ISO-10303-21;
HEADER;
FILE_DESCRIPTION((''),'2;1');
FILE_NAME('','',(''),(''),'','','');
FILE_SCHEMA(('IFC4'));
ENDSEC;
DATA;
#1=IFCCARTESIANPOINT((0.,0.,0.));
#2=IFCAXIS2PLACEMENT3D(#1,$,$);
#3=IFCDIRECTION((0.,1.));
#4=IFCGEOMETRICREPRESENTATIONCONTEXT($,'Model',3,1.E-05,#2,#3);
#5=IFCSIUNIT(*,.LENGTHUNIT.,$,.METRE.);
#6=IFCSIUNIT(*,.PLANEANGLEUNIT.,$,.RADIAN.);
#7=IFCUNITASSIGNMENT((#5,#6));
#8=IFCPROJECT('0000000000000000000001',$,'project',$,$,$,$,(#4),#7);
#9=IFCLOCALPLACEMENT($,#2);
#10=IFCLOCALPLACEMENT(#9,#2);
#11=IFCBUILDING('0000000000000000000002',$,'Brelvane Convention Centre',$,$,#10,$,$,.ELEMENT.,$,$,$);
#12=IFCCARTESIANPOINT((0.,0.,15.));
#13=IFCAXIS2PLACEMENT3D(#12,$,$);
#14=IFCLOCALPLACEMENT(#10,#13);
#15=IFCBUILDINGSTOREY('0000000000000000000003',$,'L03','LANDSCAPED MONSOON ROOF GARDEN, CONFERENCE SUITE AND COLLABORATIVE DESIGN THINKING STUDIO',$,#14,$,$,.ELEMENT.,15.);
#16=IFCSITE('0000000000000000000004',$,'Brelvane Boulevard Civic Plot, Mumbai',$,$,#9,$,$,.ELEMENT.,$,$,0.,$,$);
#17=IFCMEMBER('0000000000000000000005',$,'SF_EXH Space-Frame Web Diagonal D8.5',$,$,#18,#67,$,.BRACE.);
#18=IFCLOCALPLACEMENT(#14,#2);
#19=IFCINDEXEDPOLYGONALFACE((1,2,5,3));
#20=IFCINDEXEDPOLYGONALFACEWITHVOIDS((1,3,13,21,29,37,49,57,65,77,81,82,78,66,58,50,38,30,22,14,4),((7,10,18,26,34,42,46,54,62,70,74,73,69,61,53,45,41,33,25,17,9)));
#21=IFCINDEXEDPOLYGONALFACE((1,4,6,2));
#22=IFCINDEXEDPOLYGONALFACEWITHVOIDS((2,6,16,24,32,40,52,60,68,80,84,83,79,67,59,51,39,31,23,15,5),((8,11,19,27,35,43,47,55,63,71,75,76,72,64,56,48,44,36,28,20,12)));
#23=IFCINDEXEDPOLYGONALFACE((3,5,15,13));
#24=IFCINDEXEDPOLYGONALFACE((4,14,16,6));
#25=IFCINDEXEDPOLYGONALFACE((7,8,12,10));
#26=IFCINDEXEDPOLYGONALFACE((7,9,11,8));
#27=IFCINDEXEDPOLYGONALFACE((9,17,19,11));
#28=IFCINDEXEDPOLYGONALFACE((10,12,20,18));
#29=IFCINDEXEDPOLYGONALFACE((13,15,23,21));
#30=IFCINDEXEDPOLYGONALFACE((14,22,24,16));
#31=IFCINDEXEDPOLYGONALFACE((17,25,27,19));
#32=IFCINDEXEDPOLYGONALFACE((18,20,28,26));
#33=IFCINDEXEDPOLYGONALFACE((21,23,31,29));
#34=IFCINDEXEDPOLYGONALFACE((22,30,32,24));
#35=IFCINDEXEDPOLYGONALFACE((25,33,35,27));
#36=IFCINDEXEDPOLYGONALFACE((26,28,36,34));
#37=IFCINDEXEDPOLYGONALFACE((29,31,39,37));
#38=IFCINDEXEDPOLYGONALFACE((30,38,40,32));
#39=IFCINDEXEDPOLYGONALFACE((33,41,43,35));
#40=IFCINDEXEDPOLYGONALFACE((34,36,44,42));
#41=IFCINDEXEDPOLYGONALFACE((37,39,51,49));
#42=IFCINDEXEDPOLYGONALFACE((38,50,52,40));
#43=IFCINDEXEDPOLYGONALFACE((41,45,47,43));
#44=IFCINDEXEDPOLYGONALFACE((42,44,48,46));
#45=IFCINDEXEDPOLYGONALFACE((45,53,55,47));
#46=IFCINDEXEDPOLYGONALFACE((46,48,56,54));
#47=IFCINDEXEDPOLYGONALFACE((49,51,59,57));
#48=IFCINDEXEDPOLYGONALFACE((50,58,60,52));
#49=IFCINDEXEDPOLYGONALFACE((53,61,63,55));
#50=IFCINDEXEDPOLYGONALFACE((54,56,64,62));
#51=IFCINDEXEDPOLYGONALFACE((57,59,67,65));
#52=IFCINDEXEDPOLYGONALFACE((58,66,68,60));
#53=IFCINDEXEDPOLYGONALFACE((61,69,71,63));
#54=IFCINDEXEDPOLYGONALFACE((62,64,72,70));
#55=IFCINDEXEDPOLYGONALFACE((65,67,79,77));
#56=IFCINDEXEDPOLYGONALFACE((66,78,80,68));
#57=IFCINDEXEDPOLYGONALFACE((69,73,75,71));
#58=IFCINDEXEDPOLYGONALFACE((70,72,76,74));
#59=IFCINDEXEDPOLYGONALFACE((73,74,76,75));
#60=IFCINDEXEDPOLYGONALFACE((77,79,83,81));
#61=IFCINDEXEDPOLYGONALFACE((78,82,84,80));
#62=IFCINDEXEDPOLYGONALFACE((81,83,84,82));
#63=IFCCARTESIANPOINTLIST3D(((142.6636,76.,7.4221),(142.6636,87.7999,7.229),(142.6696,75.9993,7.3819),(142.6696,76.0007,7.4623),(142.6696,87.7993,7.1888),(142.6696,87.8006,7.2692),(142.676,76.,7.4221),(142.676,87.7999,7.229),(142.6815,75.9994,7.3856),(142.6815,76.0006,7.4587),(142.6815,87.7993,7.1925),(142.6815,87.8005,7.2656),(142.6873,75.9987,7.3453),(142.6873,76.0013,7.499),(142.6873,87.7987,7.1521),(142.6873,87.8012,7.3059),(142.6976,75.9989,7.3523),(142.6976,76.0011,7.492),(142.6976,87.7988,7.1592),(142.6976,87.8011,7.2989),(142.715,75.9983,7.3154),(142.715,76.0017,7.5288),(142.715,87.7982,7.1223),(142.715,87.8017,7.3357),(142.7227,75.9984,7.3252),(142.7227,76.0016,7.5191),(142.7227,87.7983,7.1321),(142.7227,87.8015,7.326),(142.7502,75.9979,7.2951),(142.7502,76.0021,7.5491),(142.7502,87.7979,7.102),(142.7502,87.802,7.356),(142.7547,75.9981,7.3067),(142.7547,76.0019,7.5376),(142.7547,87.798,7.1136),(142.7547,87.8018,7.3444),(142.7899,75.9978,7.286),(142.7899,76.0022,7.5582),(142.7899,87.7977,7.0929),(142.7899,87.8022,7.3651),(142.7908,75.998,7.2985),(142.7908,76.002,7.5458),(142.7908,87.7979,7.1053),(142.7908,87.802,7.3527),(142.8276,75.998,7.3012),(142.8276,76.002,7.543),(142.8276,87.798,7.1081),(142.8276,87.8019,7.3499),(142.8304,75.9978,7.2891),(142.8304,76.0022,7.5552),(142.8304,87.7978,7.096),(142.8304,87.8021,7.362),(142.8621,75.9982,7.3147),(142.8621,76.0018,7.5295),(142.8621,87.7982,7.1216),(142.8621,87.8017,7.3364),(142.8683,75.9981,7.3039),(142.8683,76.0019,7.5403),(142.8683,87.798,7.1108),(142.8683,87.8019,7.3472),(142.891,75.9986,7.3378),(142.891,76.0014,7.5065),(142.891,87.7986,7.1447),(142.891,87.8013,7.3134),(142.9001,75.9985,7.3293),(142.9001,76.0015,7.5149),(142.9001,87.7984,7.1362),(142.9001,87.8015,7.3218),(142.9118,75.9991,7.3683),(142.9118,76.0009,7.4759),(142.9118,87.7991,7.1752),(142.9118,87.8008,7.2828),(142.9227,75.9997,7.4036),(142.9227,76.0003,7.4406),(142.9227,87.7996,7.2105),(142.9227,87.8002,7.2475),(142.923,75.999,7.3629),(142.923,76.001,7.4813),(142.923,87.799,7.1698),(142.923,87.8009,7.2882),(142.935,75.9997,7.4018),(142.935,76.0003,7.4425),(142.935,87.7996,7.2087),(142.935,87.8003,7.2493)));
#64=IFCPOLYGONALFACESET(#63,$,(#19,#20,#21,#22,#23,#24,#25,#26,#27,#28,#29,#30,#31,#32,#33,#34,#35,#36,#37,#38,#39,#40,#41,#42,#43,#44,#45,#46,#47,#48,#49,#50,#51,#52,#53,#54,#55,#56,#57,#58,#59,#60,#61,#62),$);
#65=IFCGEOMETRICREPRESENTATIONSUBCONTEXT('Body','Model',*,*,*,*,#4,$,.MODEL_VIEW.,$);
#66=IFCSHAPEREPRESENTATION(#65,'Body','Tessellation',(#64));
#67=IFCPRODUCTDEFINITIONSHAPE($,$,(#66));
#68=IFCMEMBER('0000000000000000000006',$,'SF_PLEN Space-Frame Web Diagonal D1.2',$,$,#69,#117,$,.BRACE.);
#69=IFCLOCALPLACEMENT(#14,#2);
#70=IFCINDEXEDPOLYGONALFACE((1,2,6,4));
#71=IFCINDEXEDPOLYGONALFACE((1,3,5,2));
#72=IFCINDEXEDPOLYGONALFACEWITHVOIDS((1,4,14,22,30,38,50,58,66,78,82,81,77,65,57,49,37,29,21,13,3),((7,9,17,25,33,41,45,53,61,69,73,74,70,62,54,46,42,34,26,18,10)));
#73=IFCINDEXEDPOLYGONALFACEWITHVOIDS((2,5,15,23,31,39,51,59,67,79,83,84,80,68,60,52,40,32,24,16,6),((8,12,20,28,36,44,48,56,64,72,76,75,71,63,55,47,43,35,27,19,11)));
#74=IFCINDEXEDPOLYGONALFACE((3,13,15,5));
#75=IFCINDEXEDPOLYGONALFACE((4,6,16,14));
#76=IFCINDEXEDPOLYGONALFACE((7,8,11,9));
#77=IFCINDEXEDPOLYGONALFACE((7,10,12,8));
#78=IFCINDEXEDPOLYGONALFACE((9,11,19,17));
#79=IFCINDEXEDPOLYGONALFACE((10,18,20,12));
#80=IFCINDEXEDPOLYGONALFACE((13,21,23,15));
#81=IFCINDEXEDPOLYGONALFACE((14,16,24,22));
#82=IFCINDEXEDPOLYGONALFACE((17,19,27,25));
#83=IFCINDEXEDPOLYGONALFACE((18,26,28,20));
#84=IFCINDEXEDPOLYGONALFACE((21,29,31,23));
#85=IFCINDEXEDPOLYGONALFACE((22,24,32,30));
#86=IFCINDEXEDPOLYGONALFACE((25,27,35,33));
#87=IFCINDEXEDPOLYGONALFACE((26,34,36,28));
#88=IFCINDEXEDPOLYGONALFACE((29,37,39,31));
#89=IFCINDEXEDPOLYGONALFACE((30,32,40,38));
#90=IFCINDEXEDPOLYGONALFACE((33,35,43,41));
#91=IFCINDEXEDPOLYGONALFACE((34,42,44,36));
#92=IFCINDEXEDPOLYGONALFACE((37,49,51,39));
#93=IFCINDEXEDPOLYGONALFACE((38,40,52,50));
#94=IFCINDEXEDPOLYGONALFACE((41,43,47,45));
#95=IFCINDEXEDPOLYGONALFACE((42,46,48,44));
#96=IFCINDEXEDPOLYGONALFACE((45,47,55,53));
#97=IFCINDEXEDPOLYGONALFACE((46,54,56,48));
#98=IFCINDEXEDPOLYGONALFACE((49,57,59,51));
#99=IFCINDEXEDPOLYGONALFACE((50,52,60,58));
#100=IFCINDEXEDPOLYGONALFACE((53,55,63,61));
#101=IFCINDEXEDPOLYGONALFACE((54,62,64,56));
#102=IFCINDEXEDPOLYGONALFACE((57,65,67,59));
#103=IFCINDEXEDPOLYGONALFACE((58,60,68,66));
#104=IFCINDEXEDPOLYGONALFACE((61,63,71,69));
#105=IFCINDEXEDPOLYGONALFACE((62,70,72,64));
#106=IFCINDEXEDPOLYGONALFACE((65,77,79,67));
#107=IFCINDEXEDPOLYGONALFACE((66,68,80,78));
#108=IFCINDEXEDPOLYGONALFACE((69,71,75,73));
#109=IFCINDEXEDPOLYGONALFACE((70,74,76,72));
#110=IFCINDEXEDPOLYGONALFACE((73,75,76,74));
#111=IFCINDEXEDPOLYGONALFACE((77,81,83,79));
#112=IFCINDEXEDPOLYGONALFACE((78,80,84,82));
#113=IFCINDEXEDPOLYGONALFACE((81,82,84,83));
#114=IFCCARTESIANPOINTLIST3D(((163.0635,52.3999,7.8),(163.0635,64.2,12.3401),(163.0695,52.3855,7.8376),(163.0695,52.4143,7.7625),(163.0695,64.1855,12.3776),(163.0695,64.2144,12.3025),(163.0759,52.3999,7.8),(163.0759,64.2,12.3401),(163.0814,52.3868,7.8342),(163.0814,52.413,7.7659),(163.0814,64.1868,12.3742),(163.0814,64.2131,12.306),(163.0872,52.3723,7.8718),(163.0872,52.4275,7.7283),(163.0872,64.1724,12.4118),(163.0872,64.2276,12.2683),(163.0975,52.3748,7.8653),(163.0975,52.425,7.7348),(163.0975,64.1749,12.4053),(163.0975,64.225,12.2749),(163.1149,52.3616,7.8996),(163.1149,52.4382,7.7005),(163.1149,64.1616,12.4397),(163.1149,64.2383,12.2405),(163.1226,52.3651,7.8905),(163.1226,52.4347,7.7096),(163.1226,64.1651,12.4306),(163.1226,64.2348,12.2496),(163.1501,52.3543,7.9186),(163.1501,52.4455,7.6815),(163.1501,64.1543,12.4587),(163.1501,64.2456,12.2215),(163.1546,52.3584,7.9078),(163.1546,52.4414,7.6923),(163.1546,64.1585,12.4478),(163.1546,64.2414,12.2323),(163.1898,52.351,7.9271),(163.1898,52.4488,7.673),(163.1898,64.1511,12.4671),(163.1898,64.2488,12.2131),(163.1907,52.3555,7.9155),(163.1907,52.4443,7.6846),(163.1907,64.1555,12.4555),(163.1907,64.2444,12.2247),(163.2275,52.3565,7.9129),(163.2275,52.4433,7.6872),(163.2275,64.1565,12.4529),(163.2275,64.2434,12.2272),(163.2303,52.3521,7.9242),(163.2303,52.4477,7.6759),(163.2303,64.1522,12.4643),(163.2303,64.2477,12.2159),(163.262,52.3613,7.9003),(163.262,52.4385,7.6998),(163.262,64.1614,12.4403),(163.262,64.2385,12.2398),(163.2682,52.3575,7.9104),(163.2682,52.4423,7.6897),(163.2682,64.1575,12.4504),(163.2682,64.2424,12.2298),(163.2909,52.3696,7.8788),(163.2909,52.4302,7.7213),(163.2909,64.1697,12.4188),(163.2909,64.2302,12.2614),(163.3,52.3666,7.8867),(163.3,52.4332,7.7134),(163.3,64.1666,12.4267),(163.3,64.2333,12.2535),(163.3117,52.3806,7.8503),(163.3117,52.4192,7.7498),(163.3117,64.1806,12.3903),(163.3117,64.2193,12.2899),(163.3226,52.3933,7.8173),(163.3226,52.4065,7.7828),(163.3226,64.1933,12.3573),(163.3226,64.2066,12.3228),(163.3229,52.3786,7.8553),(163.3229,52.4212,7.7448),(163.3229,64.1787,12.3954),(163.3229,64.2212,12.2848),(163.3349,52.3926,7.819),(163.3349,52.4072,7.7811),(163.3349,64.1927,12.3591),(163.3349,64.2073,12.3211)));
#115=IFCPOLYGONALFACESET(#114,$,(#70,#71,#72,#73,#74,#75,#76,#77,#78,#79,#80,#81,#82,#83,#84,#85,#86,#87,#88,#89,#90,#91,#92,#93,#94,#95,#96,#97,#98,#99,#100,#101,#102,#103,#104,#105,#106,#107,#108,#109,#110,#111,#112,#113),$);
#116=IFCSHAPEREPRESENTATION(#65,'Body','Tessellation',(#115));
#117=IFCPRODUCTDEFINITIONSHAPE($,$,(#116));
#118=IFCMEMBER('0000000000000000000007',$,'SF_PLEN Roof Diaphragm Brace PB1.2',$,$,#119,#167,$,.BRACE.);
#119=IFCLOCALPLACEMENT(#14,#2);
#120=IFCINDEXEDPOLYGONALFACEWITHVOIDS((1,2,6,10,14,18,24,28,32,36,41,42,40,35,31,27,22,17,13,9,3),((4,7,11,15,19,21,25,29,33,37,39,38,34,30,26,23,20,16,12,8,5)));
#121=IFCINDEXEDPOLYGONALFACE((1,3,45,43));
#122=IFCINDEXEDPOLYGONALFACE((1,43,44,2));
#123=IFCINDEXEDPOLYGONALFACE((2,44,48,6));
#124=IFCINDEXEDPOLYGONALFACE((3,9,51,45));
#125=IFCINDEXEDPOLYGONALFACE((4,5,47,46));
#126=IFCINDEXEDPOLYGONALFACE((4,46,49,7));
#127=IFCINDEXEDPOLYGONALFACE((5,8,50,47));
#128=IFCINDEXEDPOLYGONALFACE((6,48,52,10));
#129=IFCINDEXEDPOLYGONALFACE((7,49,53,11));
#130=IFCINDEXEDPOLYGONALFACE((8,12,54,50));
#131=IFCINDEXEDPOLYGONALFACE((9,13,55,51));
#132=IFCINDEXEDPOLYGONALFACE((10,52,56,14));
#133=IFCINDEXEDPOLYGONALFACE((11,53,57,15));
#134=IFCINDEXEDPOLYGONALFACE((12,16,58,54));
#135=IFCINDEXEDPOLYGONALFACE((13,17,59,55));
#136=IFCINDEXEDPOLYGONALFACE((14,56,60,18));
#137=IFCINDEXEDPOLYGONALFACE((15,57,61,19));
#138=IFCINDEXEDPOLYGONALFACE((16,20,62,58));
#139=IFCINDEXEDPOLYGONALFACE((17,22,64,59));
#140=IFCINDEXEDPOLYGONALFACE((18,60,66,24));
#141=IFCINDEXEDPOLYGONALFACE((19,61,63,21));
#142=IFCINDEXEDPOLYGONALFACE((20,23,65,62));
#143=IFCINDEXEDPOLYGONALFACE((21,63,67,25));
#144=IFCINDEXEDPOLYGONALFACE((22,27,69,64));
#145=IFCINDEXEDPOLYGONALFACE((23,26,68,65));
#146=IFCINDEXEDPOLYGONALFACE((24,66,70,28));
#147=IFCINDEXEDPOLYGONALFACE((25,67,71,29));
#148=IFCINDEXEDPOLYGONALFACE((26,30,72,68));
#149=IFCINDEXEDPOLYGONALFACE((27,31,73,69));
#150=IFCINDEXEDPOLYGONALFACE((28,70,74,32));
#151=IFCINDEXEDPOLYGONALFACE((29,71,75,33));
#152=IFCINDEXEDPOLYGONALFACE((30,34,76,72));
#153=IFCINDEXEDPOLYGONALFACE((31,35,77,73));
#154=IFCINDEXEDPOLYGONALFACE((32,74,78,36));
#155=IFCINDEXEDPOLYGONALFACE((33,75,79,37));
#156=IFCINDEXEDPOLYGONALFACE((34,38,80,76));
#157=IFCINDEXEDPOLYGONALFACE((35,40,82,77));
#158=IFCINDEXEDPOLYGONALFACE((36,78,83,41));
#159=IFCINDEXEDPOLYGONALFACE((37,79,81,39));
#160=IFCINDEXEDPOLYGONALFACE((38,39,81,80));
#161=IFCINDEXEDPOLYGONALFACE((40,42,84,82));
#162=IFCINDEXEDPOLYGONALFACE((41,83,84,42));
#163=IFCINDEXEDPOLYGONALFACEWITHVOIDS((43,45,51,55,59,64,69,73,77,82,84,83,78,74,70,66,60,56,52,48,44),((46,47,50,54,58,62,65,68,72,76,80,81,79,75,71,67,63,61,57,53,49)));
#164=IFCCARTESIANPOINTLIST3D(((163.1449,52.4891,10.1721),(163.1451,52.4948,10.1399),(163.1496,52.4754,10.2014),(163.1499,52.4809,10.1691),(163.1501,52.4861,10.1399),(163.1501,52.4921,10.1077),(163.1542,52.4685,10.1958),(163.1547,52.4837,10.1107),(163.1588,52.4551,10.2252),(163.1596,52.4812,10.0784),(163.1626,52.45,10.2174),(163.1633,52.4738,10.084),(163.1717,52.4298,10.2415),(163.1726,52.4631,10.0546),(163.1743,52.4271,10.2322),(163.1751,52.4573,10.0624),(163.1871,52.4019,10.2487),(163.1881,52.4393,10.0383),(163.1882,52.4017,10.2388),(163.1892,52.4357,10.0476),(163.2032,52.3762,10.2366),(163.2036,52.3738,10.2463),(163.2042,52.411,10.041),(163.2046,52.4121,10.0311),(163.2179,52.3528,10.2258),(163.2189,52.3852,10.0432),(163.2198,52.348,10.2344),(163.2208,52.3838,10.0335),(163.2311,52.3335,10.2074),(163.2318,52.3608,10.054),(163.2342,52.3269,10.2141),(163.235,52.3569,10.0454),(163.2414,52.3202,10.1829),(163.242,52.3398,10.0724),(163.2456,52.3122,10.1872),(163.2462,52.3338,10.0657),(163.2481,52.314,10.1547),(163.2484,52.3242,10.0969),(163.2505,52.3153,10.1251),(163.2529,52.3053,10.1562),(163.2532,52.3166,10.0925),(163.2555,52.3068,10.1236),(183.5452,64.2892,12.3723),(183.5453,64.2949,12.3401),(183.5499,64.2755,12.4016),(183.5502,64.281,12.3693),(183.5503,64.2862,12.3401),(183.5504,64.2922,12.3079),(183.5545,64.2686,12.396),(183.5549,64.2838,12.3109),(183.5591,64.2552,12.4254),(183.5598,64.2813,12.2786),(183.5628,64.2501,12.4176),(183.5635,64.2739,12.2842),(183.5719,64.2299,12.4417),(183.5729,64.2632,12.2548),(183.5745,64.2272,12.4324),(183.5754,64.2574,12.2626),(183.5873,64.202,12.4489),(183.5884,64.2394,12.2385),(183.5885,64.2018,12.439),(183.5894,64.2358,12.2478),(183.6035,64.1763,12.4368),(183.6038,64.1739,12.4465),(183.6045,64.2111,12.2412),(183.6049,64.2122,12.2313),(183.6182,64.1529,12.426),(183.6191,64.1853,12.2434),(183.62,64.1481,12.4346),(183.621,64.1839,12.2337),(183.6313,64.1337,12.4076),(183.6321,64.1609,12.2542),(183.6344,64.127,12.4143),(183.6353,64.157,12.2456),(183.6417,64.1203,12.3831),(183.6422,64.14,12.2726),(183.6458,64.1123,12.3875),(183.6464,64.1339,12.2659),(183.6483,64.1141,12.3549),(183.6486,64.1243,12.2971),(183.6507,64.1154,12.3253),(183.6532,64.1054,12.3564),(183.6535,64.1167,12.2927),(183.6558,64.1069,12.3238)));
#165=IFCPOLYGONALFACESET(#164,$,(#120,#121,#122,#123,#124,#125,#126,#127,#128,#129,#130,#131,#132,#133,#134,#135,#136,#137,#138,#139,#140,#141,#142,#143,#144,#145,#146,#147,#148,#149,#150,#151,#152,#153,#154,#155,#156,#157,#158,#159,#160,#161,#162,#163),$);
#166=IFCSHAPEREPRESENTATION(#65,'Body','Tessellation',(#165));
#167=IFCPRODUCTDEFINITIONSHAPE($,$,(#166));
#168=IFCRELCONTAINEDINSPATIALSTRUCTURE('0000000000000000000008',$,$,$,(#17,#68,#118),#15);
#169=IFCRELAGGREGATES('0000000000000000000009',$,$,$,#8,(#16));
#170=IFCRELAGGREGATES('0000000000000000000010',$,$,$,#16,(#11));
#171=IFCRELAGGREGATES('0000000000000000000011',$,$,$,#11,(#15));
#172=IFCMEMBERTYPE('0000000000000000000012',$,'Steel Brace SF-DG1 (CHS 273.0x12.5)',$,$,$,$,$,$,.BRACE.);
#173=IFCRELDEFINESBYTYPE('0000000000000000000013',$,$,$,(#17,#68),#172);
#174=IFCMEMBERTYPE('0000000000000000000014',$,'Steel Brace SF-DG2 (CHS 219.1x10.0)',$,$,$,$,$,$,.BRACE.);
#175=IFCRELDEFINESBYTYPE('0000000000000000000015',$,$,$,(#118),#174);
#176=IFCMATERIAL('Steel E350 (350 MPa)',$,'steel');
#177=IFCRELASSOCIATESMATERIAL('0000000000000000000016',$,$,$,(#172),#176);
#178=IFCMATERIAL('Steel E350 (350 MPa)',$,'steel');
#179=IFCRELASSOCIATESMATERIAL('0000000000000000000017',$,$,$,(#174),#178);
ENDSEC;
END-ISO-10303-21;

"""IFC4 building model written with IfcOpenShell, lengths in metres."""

from ifc_helpers import new_model, si_unit, direction, frame, origin, origin_2d, place, context, subcontext, project, spatial, hollow_circle, extrude, material, material_profile, profile_set, type_object, element, save


model = new_model("IFC4")

# Units and contexts
model_context = context("Model", 3, precision=1e-05, world=origin(), true_north=direction((0.0, 1.0)))
body_context = subcontext(model_context, "Body", "Model", "MODEL_VIEW")
ifc_project = project(units=[si_unit("LENGTHUNIT", "METRE"), si_unit("PLANEANGLEUNIT", "RADIAN")], contexts=[model_context])

# Site, building, storey
site_placement = place(None, origin())
site = spatial("IfcSite", under=ifc_project, at=site_placement, Name="Brelvane Boulevard Civic Plot, Mumbai", CompositionType="ELEMENT", RefElevation=0.0)
building_placement = place(site_placement, origin())
building = spatial("IfcBuilding", under=site, at=building_placement, Name="Brelvane Convention Centre", CompositionType="ELEMENT")
storey_placement = place(building_placement, frame((0.0, 0.0, 15.0)))
storey = spatial("IfcBuildingStorey", under=building, at=storey_placement, Name="L03", Description="LANDSCAPED MONSOON ROOF GARDEN, CONFERENCE SUITE AND COLLABORATIVE DESIGN THINKING STUDIO", CompositionType="ELEMENT", Elevation=15.0)

# Members
ifc_material_1 = material(Name="Steel E350 (350 MPa)", Category="steel")
ifc_material_profile_1 = material_profile(ifc_material_1, hollow_circle(Radius=0.1365, WallThickness=0.0125, at=origin_2d()), Name="CHS 273.0x12.5")
ifc_profile_set_1 = profile_set([ifc_material_profile_1], Name="Steel E350 (350 MPa)")
member_type_1 = type_object("IfcMemberType", Name="Steel Brace SF-DG1 (CHS 273.0x12.5)", PredefinedType="BRACE", material=ifc_profile_set_1)
member_1_placement = place(storey_placement, frame((142.8, 76.0, 7.4221), z_axis=(0.0, 0.999866, -0.016363), x_axis=(-1.0, 0.0, 0.0)))
element("IfcMember", 1, at=member_1_placement, inside=storey, type_object=member_type_1, Name="SF_EXH Space-Frame Web Diagonal D8.5", PredefinedType="BRACE", context=body_context, shape_type="SweptSolid", body=[
    extrude(hollow_circle(Radius=0.1365, WallThickness=0.0125, at=origin_2d()), origin(), (0.0, 0.0, 1.0), 11.8015),
])
member_2_placement = place(storey_placement, frame((163.2, 52.3999, 7.8), z_axis=(0.0, 0.933304, 0.359086), x_axis=(-1.0, 0.0, 0.0)))
element("IfcMember", 2, at=member_2_placement, inside=storey, type_object=member_type_1, Name="SF_PLEN Space-Frame Web Diagonal D1.2", PredefinedType="BRACE", context=body_context, shape_type="SweptSolid", body=[
    extrude(hollow_circle(Radius=0.1365, WallThickness=0.0125, at=origin_2d()), origin(), (0.0, 0.0, 1.0), 12.6433),
])
ifc_material_2 = material(Name="Steel E350 (350 MPa)", Category="steel")
ifc_material_profile_2 = material_profile(ifc_material_2, hollow_circle(Radius=0.1096, WallThickness=0.01, at=origin_2d()), Name="CHS 219.1x10.0")
ifc_profile_set_2 = profile_set([ifc_material_profile_2], Name="Steel E350 (350 MPa)")
member_type_2 = type_object("IfcMemberType", Name="Steel Brace SF-DG2 (CHS 219.1x10.0)", PredefinedType="BRACE", material=ifc_profile_set_2)
member_3_placement = place(storey_placement, frame((163.2, 52.3999, 10.1399), z_axis=(0.861873, 0.498533, 0.092955), x_axis=(-0.500701, 0.865621, 0.0)))
element("IfcMember", 3, at=member_3_placement, inside=storey, type_object=member_type_2, Name="SF_PLEN Roof Diaphragm Brace PB1.2", PredefinedType="BRACE", context=body_context, shape_type="SweptSolid", body=[
    extrude(hollow_circle(Radius=0.1096, WallThickness=0.01, at=origin_2d()), origin(), (0.0, 0.0, 1.0), 23.6697),
])

save(model, "model.ifc")
